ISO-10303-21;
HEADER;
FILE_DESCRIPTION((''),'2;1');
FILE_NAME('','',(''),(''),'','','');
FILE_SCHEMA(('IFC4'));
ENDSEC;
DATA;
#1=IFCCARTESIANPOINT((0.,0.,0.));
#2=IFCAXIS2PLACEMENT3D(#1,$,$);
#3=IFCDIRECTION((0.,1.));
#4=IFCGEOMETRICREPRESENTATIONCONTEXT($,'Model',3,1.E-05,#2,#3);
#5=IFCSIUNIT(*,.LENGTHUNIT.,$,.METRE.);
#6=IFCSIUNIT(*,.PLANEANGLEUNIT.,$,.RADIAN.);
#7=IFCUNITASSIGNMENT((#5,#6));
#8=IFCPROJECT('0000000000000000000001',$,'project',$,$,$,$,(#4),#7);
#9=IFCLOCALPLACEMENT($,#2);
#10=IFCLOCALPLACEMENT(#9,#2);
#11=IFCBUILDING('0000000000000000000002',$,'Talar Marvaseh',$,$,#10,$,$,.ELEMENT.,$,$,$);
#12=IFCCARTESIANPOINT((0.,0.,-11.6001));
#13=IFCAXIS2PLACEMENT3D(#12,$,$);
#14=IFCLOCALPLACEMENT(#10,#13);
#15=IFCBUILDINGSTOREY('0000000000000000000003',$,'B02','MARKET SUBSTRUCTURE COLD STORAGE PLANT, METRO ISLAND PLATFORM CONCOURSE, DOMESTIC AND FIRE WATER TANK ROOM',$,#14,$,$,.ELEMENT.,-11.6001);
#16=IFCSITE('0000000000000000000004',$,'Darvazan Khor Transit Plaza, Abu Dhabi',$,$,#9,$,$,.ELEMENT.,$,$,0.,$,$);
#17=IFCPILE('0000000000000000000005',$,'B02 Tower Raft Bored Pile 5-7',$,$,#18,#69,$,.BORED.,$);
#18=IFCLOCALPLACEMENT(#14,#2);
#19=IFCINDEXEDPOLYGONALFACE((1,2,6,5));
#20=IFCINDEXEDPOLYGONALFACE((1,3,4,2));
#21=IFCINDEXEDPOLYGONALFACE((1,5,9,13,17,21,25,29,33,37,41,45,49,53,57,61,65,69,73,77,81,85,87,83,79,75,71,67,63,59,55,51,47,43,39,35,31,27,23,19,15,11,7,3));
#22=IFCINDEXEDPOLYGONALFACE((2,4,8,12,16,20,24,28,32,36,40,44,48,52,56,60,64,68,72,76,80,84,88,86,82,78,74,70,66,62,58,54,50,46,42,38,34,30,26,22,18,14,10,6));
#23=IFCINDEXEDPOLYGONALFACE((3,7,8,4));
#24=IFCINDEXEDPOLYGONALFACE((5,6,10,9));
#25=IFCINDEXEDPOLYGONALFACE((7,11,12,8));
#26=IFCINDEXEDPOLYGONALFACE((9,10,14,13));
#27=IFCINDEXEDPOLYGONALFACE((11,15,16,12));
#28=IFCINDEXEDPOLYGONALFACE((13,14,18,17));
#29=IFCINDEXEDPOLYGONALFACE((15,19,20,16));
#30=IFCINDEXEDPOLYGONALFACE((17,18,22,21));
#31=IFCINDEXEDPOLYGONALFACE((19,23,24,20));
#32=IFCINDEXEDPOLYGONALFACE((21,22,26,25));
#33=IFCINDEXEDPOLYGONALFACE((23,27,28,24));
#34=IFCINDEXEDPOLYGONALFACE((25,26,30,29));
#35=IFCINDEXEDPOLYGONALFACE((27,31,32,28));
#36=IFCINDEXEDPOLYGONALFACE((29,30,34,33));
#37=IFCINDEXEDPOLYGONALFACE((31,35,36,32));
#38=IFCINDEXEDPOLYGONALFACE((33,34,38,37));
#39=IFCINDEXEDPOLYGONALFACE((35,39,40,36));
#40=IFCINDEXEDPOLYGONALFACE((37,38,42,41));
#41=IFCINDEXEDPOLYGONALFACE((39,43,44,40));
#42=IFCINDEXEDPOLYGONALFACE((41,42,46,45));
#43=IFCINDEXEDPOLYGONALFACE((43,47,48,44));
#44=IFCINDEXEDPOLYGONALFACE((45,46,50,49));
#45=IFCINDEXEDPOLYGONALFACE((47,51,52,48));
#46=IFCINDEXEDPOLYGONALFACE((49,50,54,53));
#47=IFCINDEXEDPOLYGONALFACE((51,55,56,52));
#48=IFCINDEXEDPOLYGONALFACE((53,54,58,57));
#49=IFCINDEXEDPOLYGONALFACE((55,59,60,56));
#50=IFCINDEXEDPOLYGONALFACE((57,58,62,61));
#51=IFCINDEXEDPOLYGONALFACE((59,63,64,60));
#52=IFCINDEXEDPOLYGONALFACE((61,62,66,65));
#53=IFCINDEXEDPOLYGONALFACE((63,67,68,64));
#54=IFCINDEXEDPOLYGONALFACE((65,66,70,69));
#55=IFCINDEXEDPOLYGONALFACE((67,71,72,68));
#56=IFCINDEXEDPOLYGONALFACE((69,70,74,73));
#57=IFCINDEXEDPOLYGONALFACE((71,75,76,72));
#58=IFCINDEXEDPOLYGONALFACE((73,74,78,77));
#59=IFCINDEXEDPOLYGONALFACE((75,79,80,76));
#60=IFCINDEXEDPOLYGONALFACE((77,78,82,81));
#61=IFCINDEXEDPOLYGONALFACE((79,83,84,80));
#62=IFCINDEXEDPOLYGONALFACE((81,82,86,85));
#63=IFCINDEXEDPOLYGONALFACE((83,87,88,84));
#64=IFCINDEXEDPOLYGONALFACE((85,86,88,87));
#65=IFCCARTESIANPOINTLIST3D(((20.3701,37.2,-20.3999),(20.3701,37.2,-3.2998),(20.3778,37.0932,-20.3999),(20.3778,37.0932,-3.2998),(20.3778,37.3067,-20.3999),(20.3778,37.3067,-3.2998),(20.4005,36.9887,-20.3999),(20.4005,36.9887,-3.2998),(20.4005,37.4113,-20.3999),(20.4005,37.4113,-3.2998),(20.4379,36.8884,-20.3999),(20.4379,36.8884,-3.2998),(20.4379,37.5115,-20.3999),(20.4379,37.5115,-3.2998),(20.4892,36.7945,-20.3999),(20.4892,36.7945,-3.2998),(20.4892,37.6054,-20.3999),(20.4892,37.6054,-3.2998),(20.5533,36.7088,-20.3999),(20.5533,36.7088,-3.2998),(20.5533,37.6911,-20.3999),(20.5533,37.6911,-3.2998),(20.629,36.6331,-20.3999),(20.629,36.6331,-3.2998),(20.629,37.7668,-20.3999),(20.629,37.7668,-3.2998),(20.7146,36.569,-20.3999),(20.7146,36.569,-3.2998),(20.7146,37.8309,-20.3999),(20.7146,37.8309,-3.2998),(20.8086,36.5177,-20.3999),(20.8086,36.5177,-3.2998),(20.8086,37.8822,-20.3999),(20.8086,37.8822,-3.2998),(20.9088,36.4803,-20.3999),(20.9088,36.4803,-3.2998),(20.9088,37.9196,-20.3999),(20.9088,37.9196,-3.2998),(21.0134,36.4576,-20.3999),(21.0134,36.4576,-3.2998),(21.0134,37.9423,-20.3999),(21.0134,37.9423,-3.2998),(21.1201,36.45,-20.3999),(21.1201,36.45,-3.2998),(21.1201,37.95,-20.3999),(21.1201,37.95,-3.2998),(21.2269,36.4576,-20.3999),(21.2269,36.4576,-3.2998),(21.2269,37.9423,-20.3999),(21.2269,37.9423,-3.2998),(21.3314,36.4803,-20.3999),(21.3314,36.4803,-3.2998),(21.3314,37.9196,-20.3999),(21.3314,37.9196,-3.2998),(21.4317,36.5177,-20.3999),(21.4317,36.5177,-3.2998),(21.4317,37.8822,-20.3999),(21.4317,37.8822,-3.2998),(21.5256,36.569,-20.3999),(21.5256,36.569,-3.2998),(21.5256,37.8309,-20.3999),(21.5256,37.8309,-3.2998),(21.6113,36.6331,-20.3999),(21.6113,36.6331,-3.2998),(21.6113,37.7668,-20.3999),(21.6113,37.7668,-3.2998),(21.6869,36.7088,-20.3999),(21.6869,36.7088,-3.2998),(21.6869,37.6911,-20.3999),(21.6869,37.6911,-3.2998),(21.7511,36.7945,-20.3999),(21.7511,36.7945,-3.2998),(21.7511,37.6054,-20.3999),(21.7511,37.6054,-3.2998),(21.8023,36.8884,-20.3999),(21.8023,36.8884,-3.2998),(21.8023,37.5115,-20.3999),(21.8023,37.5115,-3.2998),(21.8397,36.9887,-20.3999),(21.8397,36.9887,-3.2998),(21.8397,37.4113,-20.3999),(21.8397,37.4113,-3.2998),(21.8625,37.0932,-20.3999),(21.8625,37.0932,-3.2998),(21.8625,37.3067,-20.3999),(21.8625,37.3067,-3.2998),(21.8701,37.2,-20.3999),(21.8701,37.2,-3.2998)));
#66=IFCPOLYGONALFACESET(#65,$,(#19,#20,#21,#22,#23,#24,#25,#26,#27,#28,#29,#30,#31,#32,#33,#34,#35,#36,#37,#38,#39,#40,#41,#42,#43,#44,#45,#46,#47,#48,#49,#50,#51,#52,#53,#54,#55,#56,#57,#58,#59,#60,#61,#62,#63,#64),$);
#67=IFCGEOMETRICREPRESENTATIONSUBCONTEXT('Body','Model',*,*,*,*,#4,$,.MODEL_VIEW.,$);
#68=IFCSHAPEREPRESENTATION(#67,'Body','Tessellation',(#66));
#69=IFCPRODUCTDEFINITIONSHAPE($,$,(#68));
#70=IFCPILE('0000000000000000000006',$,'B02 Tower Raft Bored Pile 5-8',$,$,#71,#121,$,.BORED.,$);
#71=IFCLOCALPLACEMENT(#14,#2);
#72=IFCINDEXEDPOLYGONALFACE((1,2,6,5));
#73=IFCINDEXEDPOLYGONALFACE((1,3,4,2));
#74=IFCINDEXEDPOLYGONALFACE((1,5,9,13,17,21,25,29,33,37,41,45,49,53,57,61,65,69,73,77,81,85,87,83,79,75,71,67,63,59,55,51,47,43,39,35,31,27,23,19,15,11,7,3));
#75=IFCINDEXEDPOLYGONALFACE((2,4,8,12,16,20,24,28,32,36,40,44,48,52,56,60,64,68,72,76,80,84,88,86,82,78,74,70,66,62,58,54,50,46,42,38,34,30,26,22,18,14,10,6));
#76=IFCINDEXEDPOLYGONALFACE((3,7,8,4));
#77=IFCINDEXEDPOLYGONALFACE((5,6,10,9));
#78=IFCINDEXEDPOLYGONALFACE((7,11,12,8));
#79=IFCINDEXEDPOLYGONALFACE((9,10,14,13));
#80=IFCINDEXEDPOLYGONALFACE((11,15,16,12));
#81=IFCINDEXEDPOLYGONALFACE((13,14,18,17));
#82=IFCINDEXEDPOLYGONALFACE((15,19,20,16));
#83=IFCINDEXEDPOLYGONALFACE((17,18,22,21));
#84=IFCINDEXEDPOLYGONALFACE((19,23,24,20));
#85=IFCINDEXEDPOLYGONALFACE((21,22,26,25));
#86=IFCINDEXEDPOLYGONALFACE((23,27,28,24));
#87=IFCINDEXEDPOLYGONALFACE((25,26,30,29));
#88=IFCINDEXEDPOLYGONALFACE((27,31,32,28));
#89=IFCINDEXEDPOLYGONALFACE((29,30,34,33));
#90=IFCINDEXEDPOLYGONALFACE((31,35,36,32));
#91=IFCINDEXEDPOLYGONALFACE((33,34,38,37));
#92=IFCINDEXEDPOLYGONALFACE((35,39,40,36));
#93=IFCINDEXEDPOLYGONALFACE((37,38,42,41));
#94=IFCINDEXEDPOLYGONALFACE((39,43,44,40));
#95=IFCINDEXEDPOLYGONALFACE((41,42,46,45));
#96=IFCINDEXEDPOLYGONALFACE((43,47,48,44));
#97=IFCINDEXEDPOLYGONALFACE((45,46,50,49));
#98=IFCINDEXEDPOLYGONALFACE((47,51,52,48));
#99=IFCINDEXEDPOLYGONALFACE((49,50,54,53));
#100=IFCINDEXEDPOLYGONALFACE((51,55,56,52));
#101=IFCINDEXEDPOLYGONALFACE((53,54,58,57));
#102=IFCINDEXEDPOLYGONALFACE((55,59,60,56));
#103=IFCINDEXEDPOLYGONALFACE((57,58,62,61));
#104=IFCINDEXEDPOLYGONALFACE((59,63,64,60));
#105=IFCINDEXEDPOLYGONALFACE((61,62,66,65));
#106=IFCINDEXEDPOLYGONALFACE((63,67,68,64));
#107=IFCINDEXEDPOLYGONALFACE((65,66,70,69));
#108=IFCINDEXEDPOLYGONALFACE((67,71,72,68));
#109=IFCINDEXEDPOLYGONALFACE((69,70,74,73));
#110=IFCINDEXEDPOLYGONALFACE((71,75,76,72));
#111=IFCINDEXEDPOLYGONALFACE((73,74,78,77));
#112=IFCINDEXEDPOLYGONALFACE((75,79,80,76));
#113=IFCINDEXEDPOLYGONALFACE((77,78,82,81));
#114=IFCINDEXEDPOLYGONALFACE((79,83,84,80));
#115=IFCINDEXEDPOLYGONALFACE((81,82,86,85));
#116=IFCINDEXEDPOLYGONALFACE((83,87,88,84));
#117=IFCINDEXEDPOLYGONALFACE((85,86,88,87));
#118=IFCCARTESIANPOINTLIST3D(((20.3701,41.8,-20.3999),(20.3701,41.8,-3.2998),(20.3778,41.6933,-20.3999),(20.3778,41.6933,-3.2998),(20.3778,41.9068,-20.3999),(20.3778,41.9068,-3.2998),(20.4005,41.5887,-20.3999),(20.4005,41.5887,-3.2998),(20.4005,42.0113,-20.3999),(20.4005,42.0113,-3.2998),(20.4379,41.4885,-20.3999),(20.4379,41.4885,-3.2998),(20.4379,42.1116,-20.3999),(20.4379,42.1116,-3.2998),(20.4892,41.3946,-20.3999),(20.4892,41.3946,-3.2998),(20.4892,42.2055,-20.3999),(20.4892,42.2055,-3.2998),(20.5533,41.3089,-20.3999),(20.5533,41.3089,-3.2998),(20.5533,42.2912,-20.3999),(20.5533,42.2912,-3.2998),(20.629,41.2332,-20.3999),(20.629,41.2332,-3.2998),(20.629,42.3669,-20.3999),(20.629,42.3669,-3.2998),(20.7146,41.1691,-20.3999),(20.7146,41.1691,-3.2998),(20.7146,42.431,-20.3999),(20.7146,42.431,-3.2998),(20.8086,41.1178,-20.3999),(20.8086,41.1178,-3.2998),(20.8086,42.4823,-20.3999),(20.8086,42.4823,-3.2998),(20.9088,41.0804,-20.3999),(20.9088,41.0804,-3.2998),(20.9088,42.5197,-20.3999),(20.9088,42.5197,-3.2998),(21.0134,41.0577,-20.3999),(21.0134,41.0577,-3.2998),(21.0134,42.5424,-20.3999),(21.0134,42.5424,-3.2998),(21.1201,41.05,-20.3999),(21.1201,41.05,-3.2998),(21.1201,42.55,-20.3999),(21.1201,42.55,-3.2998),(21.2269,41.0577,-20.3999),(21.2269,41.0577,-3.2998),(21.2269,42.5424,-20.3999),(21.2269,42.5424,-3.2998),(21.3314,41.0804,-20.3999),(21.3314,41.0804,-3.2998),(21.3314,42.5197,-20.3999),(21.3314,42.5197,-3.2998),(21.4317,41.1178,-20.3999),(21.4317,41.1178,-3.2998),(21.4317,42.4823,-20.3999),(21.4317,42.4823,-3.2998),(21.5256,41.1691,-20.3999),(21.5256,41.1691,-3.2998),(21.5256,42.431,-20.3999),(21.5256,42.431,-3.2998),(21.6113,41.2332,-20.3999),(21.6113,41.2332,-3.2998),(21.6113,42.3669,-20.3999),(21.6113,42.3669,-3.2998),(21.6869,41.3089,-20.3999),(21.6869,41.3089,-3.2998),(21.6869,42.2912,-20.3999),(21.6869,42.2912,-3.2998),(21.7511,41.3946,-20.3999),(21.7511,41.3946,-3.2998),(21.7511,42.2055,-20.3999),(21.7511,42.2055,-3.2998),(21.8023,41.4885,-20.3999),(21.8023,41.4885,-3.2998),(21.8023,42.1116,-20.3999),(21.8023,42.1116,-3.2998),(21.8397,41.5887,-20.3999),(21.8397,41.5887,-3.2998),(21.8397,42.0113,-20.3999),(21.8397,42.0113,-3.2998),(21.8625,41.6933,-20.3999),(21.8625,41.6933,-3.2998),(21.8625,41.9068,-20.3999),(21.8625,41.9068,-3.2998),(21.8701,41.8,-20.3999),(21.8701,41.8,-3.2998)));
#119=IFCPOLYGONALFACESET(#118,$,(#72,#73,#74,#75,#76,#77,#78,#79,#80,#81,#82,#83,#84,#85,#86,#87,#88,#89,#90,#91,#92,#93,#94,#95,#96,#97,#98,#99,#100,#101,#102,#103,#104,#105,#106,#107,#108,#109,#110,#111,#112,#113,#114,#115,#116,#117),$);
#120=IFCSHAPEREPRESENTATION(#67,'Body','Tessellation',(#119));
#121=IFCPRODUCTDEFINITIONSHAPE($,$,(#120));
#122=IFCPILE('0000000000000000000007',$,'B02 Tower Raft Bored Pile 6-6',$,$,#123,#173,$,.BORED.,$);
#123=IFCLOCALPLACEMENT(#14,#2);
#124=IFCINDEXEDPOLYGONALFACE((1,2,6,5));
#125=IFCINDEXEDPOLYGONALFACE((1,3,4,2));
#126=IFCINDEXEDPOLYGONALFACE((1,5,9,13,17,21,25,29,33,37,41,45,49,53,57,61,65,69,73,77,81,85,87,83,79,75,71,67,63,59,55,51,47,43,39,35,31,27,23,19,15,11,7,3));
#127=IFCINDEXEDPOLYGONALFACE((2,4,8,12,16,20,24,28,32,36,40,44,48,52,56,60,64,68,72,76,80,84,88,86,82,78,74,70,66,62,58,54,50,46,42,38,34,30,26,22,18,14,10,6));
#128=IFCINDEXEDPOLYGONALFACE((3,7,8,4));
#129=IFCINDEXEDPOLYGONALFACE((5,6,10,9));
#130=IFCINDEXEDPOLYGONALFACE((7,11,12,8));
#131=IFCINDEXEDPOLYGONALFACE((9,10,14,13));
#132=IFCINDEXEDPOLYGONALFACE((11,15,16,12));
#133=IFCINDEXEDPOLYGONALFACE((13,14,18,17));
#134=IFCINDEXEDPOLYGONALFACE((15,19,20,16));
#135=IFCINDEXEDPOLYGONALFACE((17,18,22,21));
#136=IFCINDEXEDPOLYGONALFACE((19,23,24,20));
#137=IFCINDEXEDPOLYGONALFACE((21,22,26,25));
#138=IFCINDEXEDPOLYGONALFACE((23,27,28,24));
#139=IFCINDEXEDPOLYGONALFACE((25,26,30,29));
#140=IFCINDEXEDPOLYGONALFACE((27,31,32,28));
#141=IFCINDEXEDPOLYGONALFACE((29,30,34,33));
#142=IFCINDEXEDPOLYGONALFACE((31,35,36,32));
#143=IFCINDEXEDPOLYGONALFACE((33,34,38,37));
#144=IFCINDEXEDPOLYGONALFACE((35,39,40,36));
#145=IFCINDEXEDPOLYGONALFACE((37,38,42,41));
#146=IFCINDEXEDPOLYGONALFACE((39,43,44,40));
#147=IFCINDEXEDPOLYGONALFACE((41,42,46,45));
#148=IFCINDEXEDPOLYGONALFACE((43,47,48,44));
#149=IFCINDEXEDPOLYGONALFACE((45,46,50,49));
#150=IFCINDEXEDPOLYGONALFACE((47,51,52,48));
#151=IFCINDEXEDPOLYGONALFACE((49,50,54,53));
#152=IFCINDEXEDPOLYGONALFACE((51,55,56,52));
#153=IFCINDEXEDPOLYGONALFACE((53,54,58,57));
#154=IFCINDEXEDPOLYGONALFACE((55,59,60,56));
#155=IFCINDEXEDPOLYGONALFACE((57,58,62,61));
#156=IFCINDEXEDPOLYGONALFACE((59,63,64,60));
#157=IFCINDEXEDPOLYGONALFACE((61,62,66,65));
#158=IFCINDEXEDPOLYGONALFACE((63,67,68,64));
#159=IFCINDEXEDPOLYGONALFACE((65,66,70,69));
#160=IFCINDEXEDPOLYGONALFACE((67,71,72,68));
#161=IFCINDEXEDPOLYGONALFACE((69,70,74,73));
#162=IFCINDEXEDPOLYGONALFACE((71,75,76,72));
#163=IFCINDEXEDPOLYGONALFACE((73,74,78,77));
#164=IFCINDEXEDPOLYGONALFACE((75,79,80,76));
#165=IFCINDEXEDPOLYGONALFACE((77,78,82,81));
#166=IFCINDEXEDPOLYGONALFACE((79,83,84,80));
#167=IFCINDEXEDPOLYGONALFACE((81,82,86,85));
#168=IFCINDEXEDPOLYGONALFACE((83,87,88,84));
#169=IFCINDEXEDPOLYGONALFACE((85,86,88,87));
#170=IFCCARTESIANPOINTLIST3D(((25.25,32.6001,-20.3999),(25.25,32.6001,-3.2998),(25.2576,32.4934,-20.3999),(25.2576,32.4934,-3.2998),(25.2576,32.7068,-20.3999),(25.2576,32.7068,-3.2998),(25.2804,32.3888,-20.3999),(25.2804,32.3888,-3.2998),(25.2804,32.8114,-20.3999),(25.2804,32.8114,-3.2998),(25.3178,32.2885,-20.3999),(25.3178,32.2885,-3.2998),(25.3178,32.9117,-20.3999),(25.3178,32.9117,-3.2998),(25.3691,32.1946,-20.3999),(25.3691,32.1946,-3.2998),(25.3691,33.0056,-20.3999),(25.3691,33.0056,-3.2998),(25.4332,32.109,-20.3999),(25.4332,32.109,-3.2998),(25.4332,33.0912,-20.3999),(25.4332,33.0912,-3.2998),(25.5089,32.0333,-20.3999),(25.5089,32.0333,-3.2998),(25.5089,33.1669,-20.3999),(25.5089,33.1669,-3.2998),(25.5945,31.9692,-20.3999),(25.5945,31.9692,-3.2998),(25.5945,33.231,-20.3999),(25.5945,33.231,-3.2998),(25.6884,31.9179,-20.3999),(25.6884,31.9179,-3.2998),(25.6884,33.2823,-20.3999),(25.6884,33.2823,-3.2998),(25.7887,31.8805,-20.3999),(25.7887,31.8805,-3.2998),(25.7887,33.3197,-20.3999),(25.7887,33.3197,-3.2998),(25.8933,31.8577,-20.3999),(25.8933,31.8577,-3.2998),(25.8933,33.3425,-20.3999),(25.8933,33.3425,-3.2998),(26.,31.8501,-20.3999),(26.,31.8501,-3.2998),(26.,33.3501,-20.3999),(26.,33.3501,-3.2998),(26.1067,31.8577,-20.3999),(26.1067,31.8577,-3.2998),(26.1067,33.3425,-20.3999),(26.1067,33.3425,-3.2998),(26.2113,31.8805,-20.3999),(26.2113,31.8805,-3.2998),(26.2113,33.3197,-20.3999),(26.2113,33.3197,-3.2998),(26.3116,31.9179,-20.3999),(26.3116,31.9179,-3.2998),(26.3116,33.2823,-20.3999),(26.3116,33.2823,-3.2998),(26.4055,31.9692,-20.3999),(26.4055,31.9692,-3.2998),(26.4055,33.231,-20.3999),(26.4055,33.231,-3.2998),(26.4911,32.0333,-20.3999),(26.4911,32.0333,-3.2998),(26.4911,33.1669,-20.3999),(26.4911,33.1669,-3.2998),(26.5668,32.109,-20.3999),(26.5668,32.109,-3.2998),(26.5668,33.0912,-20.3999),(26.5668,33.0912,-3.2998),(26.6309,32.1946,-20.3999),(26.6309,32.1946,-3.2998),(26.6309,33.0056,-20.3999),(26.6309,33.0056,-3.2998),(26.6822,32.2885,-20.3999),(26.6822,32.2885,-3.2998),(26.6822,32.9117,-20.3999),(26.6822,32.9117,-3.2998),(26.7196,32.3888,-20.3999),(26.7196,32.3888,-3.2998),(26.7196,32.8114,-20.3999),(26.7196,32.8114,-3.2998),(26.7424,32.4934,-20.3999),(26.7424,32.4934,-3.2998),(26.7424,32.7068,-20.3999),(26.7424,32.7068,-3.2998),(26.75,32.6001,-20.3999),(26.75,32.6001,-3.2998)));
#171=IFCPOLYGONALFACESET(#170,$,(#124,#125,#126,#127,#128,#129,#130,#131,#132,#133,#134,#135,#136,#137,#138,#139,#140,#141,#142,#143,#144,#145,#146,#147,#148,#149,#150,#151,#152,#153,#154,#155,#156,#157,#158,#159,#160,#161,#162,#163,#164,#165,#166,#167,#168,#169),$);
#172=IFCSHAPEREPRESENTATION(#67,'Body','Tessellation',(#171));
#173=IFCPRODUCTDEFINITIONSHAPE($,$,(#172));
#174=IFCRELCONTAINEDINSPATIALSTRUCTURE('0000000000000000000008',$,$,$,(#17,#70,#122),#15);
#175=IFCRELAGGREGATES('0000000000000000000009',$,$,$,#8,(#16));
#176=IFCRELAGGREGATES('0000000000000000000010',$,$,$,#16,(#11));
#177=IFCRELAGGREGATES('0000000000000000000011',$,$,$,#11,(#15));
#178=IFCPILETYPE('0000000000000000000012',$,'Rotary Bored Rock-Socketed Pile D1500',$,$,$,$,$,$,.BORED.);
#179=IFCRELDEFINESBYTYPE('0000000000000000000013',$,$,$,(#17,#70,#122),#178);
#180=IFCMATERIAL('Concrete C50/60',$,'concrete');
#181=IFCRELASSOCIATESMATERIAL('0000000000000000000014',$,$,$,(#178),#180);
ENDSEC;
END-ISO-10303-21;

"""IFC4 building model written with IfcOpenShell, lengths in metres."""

from ifc_helpers import new_model, si_unit, direction, frame, origin, origin_2d, place, context, subcontext, project, spatial, circle, extrude, source, transform, mapped, material, material_profile, profile_set, type_object, type_shapes, element, save


model = new_model("IFC4")

# Units and contexts
model_context = context("Model", 3, precision=1e-05, world=origin(), true_north=direction((0.0, 1.0)))
body_context = subcontext(model_context, "Body", "Model", "MODEL_VIEW")
ifc_project = project(units=[si_unit("LENGTHUNIT", "METRE"), si_unit("PLANEANGLEUNIT", "RADIAN")], contexts=[model_context])

# Site, building, storey
site_placement = place(None, origin())
site = spatial("IfcSite", under=ifc_project, at=site_placement, Name="Darvazan Khor Transit Plaza, Abu Dhabi", CompositionType="ELEMENT", RefElevation=0.0)
building_placement = place(site_placement, origin())
building = spatial("IfcBuilding", under=site, at=building_placement, Name="Talar Marvaseh", CompositionType="ELEMENT")
storey_placement = place(building_placement, frame((0.0, 0.0, -11.6001)))
storey = spatial("IfcBuildingStorey", under=building, at=storey_placement, Name="B02", Description="MARKET SUBSTRUCTURE COLD STORAGE PLANT, METRO ISLAND PLATFORM CONCOURSE, DOMESTIC AND FIRE WATER TANK ROOM", CompositionType="ELEMENT", Elevation=-11.6001)

# Piles
ifc_material_1 = material(Name="Concrete C50/60", Category="concrete")
ifc_material_profile_1 = material_profile(ifc_material_1, circle(Radius=0.75, at=origin_2d()), Name="PILE-D1500")
ifc_profile_set_1 = profile_set([ifc_material_profile_1], Name="Concrete C50/60")
pile_type_1 = type_object("IfcPileType", Name="Rotary Bored Rock-Socketed Pile D1500", PredefinedType="BORED", material=ifc_profile_set_1)
shared_shape_1 = source(origin(), body_context, "Body", "SweptSolid", [
    extrude(circle(Radius=0.75, at=origin_2d()), origin(), (0.0, 0.0, 1.0), 17.1001),
])
type_shapes(pile_type_1, [shared_shape_1])
for number, where, z_axis, x_axis, name in (
    (1, (21.1201, 37.2, -3.2998), (0.0, 0.0, -1.0), (1.0, 0.0, 0.0), "B02 Tower Raft Bored Pile 5-7"),
    (2, (21.1201, 41.8, -3.2998), (0.0, 0.0, -1.0), (1.0, 0.0, 0.0), "B02 Tower Raft Bored Pile 5-8"),
    (3, (26.0, 32.6001, -3.2998), (0.0, 0.0, -1.0), (1.0, 0.0, 0.0), "B02 Tower Raft Bored Pile 6-6"),
):
    element("IfcPile", number, at=place(storey_placement, frame(where, z_axis=z_axis, x_axis=x_axis)), inside=storey, type_object=pile_type_1, Name=name, PredefinedType="BORED", context=body_context, shape_type="MappedRepresentation", body=[
        mapped(shared_shape_1, transform((0.0, 0.0, 0.0), x_axis=(1.0, 0.0, 0.0), y_axis=(0.0, 1.0, 0.0), z_axis=(0.0, 0.0, 1.0), scale=1.0)),
    ])

save(model, "model.ifc")
